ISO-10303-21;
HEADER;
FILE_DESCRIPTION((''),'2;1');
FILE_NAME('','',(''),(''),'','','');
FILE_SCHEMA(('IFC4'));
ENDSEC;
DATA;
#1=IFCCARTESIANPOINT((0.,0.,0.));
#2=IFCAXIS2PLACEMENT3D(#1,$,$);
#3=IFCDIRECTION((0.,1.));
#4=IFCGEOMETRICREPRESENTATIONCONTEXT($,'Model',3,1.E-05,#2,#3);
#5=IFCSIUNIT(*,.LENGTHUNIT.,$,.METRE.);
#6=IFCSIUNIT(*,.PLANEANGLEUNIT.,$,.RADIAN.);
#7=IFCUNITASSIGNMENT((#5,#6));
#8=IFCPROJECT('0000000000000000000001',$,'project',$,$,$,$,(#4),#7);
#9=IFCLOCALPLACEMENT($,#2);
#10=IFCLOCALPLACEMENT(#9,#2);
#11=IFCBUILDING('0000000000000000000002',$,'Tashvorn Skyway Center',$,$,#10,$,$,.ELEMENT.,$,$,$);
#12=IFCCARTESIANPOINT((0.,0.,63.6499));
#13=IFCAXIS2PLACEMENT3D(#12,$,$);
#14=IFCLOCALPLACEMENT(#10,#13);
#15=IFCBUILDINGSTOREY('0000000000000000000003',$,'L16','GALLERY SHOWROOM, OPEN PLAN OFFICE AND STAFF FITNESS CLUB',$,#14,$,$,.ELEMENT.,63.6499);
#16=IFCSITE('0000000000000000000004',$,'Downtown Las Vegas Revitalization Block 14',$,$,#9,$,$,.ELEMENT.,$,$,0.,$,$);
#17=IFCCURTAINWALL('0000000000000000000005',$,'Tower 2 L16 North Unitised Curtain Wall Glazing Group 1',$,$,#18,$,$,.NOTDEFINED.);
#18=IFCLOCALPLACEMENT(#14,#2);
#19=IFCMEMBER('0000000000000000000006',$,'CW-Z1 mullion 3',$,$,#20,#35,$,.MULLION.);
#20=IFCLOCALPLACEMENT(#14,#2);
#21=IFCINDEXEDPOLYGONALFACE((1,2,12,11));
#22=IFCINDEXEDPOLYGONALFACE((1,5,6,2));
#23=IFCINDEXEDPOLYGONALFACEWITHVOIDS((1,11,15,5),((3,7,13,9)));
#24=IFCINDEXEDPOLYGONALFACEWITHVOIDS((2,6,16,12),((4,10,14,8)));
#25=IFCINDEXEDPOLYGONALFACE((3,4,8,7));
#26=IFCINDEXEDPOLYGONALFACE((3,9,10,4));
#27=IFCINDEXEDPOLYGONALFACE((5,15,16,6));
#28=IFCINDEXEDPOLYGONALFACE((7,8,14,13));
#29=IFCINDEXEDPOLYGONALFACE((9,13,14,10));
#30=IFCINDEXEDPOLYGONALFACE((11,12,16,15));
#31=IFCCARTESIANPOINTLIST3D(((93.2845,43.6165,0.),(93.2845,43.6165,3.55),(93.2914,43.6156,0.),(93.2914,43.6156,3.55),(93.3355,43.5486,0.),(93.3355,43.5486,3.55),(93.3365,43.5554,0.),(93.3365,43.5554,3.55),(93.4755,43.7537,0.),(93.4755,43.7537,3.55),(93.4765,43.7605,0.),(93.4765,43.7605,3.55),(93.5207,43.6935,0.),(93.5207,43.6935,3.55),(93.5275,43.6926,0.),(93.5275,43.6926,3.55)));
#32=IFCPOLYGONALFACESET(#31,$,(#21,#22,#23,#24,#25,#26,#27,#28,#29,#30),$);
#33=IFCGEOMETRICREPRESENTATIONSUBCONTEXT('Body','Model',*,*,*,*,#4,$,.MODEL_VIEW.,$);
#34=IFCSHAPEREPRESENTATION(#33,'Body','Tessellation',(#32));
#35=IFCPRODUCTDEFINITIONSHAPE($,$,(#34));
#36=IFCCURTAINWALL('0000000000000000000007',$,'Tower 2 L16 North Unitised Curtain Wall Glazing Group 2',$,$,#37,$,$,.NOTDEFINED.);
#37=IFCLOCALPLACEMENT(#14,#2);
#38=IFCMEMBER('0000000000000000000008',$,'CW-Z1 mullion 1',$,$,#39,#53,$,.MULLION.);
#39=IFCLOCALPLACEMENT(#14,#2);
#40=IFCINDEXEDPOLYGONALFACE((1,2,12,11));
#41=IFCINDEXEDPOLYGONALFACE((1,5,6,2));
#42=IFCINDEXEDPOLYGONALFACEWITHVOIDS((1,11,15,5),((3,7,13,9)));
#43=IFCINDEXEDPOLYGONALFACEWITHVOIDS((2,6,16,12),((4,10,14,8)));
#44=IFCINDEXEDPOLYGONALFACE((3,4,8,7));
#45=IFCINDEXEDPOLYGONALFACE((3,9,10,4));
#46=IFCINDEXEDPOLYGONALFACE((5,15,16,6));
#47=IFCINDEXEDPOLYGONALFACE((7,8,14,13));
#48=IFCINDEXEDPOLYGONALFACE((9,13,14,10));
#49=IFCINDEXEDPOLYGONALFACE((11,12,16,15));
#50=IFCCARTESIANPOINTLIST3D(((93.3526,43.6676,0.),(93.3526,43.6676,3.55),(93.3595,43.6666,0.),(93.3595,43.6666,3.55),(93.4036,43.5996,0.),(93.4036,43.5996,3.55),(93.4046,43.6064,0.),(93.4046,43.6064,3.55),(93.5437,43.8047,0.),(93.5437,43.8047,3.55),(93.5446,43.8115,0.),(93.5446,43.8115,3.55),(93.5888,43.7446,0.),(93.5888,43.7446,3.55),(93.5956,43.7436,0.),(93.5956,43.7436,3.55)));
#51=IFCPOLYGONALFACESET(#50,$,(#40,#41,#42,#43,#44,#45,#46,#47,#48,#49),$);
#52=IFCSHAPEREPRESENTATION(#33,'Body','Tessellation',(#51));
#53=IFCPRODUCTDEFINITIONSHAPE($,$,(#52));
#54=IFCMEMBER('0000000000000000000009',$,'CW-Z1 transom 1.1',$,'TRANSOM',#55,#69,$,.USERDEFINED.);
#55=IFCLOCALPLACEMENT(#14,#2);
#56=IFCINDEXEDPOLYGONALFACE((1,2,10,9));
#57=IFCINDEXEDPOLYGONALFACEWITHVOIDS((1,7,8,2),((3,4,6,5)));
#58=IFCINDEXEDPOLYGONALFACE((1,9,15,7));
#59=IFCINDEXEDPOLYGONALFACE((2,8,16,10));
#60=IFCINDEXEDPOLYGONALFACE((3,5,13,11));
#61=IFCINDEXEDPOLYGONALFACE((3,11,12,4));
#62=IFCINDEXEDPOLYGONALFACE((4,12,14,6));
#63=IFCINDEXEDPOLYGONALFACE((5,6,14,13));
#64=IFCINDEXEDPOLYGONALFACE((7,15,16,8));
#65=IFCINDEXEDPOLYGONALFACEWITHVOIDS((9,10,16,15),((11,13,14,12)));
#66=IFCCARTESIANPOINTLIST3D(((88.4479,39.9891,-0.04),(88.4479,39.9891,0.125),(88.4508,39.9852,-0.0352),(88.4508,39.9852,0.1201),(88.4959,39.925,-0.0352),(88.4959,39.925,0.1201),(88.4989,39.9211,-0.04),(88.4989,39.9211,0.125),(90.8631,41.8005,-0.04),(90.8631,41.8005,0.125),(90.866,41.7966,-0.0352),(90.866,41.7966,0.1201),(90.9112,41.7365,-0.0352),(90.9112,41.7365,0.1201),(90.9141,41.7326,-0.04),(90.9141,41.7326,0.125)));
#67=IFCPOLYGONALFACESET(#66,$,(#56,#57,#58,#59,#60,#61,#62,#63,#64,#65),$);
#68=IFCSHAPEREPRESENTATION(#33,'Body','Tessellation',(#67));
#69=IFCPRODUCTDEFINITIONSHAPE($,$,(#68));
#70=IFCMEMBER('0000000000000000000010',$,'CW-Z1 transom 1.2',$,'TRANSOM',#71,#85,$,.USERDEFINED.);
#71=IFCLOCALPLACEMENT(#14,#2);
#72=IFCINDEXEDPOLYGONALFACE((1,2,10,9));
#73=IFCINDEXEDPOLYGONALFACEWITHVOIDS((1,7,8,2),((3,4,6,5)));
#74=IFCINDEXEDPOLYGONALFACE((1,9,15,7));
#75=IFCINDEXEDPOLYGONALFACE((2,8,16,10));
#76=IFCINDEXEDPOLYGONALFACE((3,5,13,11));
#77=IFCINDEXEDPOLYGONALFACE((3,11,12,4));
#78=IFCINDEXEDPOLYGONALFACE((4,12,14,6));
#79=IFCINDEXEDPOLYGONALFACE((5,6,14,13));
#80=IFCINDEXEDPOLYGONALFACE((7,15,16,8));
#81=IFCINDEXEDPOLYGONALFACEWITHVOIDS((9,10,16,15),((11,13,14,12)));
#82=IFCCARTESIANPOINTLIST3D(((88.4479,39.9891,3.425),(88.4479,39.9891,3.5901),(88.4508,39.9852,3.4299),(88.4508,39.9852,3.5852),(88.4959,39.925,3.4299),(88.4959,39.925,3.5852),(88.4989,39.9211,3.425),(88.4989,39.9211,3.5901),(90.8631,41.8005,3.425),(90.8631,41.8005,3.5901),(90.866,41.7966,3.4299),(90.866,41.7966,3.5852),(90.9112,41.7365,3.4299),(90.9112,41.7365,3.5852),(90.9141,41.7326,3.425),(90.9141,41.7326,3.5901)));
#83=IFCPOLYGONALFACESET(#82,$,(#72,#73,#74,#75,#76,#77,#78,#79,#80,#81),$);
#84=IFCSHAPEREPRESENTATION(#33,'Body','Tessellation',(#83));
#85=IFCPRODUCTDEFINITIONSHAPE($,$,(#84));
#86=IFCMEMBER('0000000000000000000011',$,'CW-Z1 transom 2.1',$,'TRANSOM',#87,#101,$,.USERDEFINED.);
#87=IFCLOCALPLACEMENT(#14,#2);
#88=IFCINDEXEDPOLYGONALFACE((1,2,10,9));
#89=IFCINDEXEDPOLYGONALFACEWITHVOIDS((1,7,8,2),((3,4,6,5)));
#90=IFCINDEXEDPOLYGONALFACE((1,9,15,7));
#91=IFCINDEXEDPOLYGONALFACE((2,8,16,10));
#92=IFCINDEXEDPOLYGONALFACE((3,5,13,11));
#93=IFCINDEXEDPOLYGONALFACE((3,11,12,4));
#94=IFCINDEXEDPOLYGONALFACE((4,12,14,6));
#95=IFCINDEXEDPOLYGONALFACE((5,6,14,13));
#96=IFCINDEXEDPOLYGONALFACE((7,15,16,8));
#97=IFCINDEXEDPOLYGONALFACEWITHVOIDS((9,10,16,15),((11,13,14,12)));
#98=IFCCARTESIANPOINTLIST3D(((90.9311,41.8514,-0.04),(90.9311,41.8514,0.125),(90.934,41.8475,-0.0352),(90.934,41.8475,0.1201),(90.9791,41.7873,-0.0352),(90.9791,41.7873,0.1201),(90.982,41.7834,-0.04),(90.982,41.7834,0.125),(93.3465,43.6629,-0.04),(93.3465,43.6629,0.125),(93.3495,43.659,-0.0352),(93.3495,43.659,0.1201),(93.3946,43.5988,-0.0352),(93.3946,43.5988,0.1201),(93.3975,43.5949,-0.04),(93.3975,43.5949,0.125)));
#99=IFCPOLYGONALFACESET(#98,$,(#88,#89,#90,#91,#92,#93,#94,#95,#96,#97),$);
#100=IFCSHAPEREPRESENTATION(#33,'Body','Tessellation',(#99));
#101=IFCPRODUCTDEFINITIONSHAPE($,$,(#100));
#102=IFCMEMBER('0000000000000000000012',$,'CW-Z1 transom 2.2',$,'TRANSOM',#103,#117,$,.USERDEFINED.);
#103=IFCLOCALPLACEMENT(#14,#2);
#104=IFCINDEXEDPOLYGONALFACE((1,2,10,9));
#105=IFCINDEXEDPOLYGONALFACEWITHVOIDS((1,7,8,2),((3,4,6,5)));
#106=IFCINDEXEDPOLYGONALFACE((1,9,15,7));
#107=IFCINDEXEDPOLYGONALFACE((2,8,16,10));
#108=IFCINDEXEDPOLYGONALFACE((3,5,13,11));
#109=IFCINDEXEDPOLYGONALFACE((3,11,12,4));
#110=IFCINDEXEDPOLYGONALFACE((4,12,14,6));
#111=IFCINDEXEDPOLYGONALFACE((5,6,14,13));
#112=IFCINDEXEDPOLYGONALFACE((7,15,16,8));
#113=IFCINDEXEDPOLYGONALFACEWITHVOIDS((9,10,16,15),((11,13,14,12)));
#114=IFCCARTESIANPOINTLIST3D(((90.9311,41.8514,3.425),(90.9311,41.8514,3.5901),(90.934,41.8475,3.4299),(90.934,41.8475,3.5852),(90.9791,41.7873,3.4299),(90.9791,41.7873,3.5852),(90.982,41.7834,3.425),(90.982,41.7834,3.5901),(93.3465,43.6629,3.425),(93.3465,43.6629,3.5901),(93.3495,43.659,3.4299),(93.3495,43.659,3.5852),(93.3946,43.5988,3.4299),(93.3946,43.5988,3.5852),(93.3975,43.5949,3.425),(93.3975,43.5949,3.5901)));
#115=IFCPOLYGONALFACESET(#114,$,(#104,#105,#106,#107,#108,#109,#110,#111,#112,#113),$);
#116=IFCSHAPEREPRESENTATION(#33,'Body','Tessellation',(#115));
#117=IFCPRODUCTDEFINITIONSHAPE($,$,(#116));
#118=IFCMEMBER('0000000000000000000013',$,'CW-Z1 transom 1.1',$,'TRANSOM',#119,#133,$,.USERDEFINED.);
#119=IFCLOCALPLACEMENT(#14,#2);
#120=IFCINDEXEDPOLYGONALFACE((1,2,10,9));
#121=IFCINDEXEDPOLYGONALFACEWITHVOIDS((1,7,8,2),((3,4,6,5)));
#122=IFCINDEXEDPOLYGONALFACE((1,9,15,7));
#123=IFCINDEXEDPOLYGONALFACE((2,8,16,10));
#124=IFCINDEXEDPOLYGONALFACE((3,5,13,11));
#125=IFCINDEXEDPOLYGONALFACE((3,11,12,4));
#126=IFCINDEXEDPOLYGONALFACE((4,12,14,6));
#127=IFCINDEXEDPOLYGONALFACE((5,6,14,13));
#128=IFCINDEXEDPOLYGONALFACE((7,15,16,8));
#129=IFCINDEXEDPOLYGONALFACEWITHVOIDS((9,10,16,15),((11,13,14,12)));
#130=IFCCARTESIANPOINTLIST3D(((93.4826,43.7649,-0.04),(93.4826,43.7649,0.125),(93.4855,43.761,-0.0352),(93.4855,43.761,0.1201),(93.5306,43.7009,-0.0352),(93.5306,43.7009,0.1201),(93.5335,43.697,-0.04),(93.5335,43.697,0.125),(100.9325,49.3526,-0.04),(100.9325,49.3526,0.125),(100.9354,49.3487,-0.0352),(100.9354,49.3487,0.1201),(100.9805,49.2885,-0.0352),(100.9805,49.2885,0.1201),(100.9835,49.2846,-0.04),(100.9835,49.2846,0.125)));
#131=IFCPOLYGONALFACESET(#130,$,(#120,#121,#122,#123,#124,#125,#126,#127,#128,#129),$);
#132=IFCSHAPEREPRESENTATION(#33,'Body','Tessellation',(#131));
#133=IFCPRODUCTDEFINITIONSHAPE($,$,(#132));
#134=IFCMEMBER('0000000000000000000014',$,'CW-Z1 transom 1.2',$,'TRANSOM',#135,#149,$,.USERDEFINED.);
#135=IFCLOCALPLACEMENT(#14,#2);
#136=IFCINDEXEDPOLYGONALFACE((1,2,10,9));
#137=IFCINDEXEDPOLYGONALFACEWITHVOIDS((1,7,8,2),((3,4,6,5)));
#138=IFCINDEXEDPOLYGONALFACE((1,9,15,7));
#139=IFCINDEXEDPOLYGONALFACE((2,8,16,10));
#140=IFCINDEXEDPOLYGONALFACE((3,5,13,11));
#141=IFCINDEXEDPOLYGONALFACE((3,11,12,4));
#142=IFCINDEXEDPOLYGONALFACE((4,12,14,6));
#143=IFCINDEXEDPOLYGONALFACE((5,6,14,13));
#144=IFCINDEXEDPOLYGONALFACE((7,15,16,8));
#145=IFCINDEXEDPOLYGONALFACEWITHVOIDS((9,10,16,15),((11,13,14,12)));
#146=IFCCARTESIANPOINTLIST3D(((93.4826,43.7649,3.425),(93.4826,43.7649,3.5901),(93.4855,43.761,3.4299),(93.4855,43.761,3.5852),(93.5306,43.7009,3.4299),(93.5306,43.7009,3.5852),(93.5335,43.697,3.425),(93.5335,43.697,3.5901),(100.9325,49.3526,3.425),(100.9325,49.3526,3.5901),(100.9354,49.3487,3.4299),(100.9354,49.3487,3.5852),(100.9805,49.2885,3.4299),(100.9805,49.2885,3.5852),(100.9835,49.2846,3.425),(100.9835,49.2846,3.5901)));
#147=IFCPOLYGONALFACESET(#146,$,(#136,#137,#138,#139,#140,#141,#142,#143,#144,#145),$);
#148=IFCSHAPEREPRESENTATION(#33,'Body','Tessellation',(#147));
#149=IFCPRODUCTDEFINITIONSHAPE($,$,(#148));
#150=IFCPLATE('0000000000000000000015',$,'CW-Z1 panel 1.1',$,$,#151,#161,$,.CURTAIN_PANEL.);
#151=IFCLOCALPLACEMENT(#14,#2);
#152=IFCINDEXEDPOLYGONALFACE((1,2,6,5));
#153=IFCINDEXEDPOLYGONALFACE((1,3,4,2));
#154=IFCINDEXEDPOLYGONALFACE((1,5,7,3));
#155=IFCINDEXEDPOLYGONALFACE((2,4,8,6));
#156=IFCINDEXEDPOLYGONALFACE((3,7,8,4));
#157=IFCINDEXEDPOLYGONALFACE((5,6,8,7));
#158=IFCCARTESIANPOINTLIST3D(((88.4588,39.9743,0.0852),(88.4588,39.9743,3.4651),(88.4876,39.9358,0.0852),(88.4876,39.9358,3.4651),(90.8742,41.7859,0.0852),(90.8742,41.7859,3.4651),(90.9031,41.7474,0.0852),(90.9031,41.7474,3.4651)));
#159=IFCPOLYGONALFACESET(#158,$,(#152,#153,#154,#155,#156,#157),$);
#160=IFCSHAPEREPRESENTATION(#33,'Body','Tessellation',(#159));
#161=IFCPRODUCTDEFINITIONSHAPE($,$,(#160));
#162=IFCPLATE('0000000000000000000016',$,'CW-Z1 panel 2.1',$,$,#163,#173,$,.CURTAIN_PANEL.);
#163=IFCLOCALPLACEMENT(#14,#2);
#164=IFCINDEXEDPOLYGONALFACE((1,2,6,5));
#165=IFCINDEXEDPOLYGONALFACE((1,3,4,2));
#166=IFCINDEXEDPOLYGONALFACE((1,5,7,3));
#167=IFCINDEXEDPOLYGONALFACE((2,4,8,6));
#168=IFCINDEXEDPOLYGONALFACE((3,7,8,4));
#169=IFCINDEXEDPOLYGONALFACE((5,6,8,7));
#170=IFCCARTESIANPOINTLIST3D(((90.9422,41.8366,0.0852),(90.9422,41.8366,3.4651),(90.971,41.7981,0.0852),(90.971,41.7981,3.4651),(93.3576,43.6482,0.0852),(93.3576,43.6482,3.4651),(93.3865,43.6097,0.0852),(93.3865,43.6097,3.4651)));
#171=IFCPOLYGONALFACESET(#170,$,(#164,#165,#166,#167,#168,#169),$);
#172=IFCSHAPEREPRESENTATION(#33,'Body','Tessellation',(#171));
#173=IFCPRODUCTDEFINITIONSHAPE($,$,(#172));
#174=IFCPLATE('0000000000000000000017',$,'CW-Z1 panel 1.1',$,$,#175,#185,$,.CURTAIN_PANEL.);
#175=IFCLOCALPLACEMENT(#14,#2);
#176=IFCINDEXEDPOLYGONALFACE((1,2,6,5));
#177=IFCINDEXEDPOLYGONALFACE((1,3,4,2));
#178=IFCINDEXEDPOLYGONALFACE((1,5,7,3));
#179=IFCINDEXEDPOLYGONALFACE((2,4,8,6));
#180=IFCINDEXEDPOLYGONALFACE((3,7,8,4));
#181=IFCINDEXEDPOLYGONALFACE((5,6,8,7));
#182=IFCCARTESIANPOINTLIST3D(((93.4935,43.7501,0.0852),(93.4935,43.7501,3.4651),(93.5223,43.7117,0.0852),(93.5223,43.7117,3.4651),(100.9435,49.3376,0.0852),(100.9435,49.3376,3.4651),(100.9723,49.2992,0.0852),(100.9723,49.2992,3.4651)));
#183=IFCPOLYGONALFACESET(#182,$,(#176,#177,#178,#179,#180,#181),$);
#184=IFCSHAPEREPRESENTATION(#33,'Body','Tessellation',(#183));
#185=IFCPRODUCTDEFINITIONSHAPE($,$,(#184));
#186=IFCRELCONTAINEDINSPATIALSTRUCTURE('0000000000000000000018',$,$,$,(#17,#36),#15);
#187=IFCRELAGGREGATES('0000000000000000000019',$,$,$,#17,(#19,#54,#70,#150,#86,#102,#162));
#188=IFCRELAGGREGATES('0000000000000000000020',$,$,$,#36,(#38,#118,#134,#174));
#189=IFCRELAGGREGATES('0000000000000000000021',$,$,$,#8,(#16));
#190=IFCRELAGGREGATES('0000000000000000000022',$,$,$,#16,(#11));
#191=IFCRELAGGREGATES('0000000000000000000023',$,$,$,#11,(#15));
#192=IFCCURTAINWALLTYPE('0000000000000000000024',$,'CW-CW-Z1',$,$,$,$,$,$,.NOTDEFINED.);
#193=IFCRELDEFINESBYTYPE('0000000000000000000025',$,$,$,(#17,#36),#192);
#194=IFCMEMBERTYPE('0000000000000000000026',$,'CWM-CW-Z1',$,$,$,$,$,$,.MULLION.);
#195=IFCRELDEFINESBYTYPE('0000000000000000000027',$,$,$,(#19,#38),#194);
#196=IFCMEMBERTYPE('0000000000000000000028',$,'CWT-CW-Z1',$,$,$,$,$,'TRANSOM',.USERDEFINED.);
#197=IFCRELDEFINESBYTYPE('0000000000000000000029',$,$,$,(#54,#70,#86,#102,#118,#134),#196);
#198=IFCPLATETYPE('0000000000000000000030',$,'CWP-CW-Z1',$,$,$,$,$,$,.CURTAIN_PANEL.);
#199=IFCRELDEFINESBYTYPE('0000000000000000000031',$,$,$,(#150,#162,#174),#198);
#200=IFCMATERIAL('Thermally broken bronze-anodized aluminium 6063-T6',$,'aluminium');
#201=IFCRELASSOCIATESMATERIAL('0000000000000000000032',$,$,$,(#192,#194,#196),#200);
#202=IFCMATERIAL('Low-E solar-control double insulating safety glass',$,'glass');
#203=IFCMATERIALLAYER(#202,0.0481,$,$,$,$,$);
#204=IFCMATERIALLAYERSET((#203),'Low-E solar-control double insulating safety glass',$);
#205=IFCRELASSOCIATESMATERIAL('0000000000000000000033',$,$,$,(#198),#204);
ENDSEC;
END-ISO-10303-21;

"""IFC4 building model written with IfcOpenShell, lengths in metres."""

from ifc_helpers import new_model, si_unit, direction, frame, origin, origin_2d, place, context, subcontext, project, spatial, rectangle, hollow_rectangle, extrude, material, layer, layer_set, material_profile, profile_set, type_object, element, aggregate, save


model = new_model("IFC4")

# Units and contexts
model_context = context("Model", 3, precision=1e-05, world=origin(), true_north=direction((0.0, 1.0)))
body_context = subcontext(model_context, "Body", "Model", "MODEL_VIEW")
ifc_project = project(units=[si_unit("LENGTHUNIT", "METRE"), si_unit("PLANEANGLEUNIT", "RADIAN")], contexts=[model_context])

# Site, building, storey
site_placement = place(None, origin())
site = spatial("IfcSite", under=ifc_project, at=site_placement, Name="Downtown Las Vegas Revitalization Block 14", CompositionType="ELEMENT", RefElevation=0.0)
building_placement = place(site_placement, origin())
building = spatial("IfcBuilding", under=site, at=building_placement, Name="Tashvorn Skyway Center", CompositionType="ELEMENT")
storey_placement = place(building_placement, frame((0.0, 0.0, 63.6499)))
storey = spatial("IfcBuildingStorey", under=building, at=storey_placement, Name="L16", Description="GALLERY SHOWROOM, OPEN PLAN OFFICE AND STAFF FITNESS CLUB", CompositionType="ELEMENT", Elevation=63.6499)

# Shared definitions
ifc_material_1 = material(Name="Thermally broken bronze-anodized aluminium 6063-T6", Category="aluminium")
curtain_wall_type = type_object("IfcCurtainWallType", Name="CW-CW-Z1", PredefinedType="NOTDEFINED", material=ifc_material_1)
ifc_material_profile_1 = material_profile(ifc_material_1, hollow_rectangle(XDim=0.085, YDim=0.24, WallThickness=0.0049, at=origin_2d()), Name="ALU-MULL-85x240")
ifc_profile_set_1 = profile_set([ifc_material_profile_1], Name="Thermally broken bronze-anodized aluminium 6063-T6")
member_type_1 = type_object("IfcMemberType", Name="CWM-CW-Z1", PredefinedType="MULLION", material=ifc_profile_set_1)

# Curtain wall, member
curtain_wall_1_placement = place(storey_placement, origin())
curtain_wall_1 = element("IfcCurtainWall", 1, at=curtain_wall_1_placement, inside=storey, type_object=curtain_wall_type, Name="Tower 2 L16 North Unitised Curtain Wall Glazing Group 1", PredefinedType="NOTDEFINED")
member_1_placement = place(storey_placement, frame((93.406, 43.6545, 0.0), z_axis=(0.0, 0.0, 1.0), x_axis=(-0.599997, 0.800002, 0.0)))
member_1 = element("IfcMember", 2, at=member_1_placement, type_object=member_type_1, Name="CW-Z1 mullion 3", PredefinedType="MULLION", context=body_context, shape_type="SweptSolid", body=[
    extrude(hollow_rectangle(XDim=0.085, YDim=0.24, WallThickness=0.0049, at=origin_2d()), origin(), (0.0, 0.0, 1.0), 3.55),
])

# Curtain wall, member
curtain_wall_2_placement = place(storey_placement, origin())
curtain_wall_2 = element("IfcCurtainWall", 3, at=curtain_wall_2_placement, inside=storey, type_object=curtain_wall_type, Name="Tower 2 L16 North Unitised Curtain Wall Glazing Group 2", PredefinedType="NOTDEFINED")
member_2_placement = place(storey_placement, frame((93.4741, 43.7056, 0.0), z_axis=(0.0, 0.0, 1.0), x_axis=(-0.6, 0.8, 0.0)))
member_2 = element("IfcMember", 4, at=member_2_placement, type_object=member_type_1, Name="CW-Z1 mullion 1", PredefinedType="MULLION", context=body_context, shape_type="SweptSolid", body=[
    extrude(hollow_rectangle(XDim=0.085, YDim=0.24, WallThickness=0.0049, at=origin_2d()), origin(), (0.0, 0.0, 1.0), 3.55),
])

# Members
ifc_material_profile_2 = material_profile(ifc_material_1, hollow_rectangle(XDim=0.085, YDim=0.165, WallThickness=0.0049, at=origin_2d()), Name="ALU-TRAN-85x165")
ifc_profile_set_2 = profile_set([ifc_material_profile_2], Name="Thermally broken bronze-anodized aluminium 6063-T6")
member_type_2 = type_object("IfcMemberType", Name="CWT-CW-Z1", ElementType="TRANSOM", PredefinedType="USERDEFINED", material=ifc_profile_set_2)
member_3_placement = place(storey_placement, frame((88.4734, 39.9551, 0.0425), z_axis=(0.79999, 0.600013, 0.0), x_axis=(-0.600013, 0.79999, 0.0)))
member_3 = element("IfcMember", 5, at=member_3_placement, type_object=member_type_2, Name="CW-Z1 transom 1.1", ObjectType="TRANSOM", PredefinedType="USERDEFINED", context=body_context, shape_type="SweptSolid", body=[
    extrude(hollow_rectangle(XDim=0.085, YDim=0.165, WallThickness=0.0049, at=origin_2d()), origin(), (0.0, 0.0, 1.0), 3.019),
])
member_4_placement = place(storey_placement, frame((88.4734, 39.9551, 3.5076), z_axis=(0.79999, 0.600013, 0.0), x_axis=(-0.600013, 0.79999, 0.0)))
member_4 = element("IfcMember", 6, at=member_4_placement, type_object=member_type_2, Name="CW-Z1 transom 1.2", ObjectType="TRANSOM", PredefinedType="USERDEFINED", context=body_context, shape_type="SweptSolid", body=[
    extrude(hollow_rectangle(XDim=0.085, YDim=0.165, WallThickness=0.0049, at=origin_2d()), origin(), (0.0, 0.0, 1.0), 3.019),
])
member_5_placement = place(storey_placement, frame((90.9565, 41.8174, 0.0425), z_axis=(0.800019, 0.599974, 0.0), x_axis=(-0.599974, 0.800019, 0.0)))
member_5 = element("IfcMember", 7, at=member_5_placement, type_object=member_type_2, Name="CW-Z1 transom 2.1", ObjectType="TRANSOM", PredefinedType="USERDEFINED", context=body_context, shape_type="SweptSolid", body=[
    extrude(hollow_rectangle(XDim=0.085, YDim=0.165, WallThickness=0.0049, at=origin_2d()), origin(), (0.0, 0.0, 1.0), 3.0193),
])
member_6_placement = place(storey_placement, frame((90.9565, 41.8174, 3.5076), z_axis=(0.800019, 0.599974, 0.0), x_axis=(-0.599974, 0.800019, 0.0)))
member_6 = element("IfcMember", 8, at=member_6_placement, type_object=member_type_2, Name="CW-Z1 transom 2.2", ObjectType="TRANSOM", PredefinedType="USERDEFINED", context=body_context, shape_type="SweptSolid", body=[
    extrude(hollow_rectangle(XDim=0.085, YDim=0.165, WallThickness=0.0049, at=origin_2d()), origin(), (0.0, 0.0, 1.0), 3.0193),
])
member_7_placement = place(storey_placement, frame((93.5081, 43.731, 0.0425), z_axis=(0.799991, 0.600013, 0.0), x_axis=(-0.600013, 0.799991, 0.0)))
member_7 = element("IfcMember", 9, at=member_7_placement, type_object=member_type_2, Name="CW-Z1 transom 1.1", ObjectType="TRANSOM", PredefinedType="USERDEFINED", context=body_context, shape_type="SweptSolid", body=[
    extrude(hollow_rectangle(XDim=0.085, YDim=0.165, WallThickness=0.0049, at=origin_2d()), origin(), (0.0, 0.0, 1.0), 9.3125),
])
member_8_placement = place(storey_placement, frame((93.5081, 43.731, 3.5076), z_axis=(0.799991, 0.600013, 0.0), x_axis=(-0.600013, 0.799991, 0.0)))
member_8 = element("IfcMember", 10, at=member_8_placement, type_object=member_type_2, Name="CW-Z1 transom 1.2", ObjectType="TRANSOM", PredefinedType="USERDEFINED", context=body_context, shape_type="SweptSolid", body=[
    extrude(hollow_rectangle(XDim=0.085, YDim=0.165, WallThickness=0.0049, at=origin_2d()), origin(), (0.0, 0.0, 1.0), 9.3125),
])

# Plates
ifc_material_2 = material(Name="Low-E solar-control double insulating safety glass", Category="glass")
ifc_layer_1 = layer(ifc_material_2, 0.0481)
ifc_layer_set_1 = layer_set([ifc_layer_1], Name="Low-E solar-control double insulating safety glass")
plate_type_1 = type_object("IfcPlateType", Name="CWP-CW-Z1", PredefinedType="CURTAIN_PANEL", material=ifc_layer_set_1)
plate_1_placement = place(storey_placement, frame((89.6809, 40.8608, 0.0852), z_axis=(0.0, 0.0, 1.0), x_axis=(0.800002, 0.599997, 0.0)))
plate_1 = element("IfcPlate", 11, at=plate_1_placement, type_object=plate_type_1, Name="CW-Z1 panel 1.1", PredefinedType="CURTAIN_PANEL", context=body_context, shape_type="SweptSolid", body=[
    extrude(rectangle(XDim=3.0193, YDim=0.0481, at=origin_2d()), origin(), (0.0, 0.0, 1.0), 3.3799),
])
plate_2_placement = place(storey_placement, frame((92.1643, 42.7231, 0.0852), z_axis=(0.0, 0.0, 1.0), x_axis=(0.800002, 0.599997, 0.0)))
plate_2 = element("IfcPlate", 12, at=plate_2_placement, type_object=plate_type_1, Name="CW-Z1 panel 2.1", PredefinedType="CURTAIN_PANEL", context=body_context, shape_type="SweptSolid", body=[
    extrude(rectangle(XDim=3.0193, YDim=0.0481, at=origin_2d()), origin(), (0.0, 0.0, 1.0), 3.3799),
])
aggregate(curtain_wall_1, [member_1, member_3, member_4, plate_1, member_5, member_6, plate_2])
plate_3_placement = place(storey_placement, frame((97.2329, 46.5247, 0.0852), z_axis=(0.0, 0.0, 1.0), x_axis=(0.8, 0.6, 0.0)))
plate_3 = element("IfcPlate", 13, at=plate_3_placement, type_object=plate_type_1, Name="CW-Z1 panel 1.1", PredefinedType="CURTAIN_PANEL", context=body_context, shape_type="SweptSolid", body=[
    extrude(rectangle(XDim=9.3125, YDim=0.0481, at=origin_2d()), origin(), (0.0, 0.0, 1.0), 3.3799),
])
aggregate(curtain_wall_2, [member_2, member_7, member_8, plate_3])

save(model, "model.ifc")
